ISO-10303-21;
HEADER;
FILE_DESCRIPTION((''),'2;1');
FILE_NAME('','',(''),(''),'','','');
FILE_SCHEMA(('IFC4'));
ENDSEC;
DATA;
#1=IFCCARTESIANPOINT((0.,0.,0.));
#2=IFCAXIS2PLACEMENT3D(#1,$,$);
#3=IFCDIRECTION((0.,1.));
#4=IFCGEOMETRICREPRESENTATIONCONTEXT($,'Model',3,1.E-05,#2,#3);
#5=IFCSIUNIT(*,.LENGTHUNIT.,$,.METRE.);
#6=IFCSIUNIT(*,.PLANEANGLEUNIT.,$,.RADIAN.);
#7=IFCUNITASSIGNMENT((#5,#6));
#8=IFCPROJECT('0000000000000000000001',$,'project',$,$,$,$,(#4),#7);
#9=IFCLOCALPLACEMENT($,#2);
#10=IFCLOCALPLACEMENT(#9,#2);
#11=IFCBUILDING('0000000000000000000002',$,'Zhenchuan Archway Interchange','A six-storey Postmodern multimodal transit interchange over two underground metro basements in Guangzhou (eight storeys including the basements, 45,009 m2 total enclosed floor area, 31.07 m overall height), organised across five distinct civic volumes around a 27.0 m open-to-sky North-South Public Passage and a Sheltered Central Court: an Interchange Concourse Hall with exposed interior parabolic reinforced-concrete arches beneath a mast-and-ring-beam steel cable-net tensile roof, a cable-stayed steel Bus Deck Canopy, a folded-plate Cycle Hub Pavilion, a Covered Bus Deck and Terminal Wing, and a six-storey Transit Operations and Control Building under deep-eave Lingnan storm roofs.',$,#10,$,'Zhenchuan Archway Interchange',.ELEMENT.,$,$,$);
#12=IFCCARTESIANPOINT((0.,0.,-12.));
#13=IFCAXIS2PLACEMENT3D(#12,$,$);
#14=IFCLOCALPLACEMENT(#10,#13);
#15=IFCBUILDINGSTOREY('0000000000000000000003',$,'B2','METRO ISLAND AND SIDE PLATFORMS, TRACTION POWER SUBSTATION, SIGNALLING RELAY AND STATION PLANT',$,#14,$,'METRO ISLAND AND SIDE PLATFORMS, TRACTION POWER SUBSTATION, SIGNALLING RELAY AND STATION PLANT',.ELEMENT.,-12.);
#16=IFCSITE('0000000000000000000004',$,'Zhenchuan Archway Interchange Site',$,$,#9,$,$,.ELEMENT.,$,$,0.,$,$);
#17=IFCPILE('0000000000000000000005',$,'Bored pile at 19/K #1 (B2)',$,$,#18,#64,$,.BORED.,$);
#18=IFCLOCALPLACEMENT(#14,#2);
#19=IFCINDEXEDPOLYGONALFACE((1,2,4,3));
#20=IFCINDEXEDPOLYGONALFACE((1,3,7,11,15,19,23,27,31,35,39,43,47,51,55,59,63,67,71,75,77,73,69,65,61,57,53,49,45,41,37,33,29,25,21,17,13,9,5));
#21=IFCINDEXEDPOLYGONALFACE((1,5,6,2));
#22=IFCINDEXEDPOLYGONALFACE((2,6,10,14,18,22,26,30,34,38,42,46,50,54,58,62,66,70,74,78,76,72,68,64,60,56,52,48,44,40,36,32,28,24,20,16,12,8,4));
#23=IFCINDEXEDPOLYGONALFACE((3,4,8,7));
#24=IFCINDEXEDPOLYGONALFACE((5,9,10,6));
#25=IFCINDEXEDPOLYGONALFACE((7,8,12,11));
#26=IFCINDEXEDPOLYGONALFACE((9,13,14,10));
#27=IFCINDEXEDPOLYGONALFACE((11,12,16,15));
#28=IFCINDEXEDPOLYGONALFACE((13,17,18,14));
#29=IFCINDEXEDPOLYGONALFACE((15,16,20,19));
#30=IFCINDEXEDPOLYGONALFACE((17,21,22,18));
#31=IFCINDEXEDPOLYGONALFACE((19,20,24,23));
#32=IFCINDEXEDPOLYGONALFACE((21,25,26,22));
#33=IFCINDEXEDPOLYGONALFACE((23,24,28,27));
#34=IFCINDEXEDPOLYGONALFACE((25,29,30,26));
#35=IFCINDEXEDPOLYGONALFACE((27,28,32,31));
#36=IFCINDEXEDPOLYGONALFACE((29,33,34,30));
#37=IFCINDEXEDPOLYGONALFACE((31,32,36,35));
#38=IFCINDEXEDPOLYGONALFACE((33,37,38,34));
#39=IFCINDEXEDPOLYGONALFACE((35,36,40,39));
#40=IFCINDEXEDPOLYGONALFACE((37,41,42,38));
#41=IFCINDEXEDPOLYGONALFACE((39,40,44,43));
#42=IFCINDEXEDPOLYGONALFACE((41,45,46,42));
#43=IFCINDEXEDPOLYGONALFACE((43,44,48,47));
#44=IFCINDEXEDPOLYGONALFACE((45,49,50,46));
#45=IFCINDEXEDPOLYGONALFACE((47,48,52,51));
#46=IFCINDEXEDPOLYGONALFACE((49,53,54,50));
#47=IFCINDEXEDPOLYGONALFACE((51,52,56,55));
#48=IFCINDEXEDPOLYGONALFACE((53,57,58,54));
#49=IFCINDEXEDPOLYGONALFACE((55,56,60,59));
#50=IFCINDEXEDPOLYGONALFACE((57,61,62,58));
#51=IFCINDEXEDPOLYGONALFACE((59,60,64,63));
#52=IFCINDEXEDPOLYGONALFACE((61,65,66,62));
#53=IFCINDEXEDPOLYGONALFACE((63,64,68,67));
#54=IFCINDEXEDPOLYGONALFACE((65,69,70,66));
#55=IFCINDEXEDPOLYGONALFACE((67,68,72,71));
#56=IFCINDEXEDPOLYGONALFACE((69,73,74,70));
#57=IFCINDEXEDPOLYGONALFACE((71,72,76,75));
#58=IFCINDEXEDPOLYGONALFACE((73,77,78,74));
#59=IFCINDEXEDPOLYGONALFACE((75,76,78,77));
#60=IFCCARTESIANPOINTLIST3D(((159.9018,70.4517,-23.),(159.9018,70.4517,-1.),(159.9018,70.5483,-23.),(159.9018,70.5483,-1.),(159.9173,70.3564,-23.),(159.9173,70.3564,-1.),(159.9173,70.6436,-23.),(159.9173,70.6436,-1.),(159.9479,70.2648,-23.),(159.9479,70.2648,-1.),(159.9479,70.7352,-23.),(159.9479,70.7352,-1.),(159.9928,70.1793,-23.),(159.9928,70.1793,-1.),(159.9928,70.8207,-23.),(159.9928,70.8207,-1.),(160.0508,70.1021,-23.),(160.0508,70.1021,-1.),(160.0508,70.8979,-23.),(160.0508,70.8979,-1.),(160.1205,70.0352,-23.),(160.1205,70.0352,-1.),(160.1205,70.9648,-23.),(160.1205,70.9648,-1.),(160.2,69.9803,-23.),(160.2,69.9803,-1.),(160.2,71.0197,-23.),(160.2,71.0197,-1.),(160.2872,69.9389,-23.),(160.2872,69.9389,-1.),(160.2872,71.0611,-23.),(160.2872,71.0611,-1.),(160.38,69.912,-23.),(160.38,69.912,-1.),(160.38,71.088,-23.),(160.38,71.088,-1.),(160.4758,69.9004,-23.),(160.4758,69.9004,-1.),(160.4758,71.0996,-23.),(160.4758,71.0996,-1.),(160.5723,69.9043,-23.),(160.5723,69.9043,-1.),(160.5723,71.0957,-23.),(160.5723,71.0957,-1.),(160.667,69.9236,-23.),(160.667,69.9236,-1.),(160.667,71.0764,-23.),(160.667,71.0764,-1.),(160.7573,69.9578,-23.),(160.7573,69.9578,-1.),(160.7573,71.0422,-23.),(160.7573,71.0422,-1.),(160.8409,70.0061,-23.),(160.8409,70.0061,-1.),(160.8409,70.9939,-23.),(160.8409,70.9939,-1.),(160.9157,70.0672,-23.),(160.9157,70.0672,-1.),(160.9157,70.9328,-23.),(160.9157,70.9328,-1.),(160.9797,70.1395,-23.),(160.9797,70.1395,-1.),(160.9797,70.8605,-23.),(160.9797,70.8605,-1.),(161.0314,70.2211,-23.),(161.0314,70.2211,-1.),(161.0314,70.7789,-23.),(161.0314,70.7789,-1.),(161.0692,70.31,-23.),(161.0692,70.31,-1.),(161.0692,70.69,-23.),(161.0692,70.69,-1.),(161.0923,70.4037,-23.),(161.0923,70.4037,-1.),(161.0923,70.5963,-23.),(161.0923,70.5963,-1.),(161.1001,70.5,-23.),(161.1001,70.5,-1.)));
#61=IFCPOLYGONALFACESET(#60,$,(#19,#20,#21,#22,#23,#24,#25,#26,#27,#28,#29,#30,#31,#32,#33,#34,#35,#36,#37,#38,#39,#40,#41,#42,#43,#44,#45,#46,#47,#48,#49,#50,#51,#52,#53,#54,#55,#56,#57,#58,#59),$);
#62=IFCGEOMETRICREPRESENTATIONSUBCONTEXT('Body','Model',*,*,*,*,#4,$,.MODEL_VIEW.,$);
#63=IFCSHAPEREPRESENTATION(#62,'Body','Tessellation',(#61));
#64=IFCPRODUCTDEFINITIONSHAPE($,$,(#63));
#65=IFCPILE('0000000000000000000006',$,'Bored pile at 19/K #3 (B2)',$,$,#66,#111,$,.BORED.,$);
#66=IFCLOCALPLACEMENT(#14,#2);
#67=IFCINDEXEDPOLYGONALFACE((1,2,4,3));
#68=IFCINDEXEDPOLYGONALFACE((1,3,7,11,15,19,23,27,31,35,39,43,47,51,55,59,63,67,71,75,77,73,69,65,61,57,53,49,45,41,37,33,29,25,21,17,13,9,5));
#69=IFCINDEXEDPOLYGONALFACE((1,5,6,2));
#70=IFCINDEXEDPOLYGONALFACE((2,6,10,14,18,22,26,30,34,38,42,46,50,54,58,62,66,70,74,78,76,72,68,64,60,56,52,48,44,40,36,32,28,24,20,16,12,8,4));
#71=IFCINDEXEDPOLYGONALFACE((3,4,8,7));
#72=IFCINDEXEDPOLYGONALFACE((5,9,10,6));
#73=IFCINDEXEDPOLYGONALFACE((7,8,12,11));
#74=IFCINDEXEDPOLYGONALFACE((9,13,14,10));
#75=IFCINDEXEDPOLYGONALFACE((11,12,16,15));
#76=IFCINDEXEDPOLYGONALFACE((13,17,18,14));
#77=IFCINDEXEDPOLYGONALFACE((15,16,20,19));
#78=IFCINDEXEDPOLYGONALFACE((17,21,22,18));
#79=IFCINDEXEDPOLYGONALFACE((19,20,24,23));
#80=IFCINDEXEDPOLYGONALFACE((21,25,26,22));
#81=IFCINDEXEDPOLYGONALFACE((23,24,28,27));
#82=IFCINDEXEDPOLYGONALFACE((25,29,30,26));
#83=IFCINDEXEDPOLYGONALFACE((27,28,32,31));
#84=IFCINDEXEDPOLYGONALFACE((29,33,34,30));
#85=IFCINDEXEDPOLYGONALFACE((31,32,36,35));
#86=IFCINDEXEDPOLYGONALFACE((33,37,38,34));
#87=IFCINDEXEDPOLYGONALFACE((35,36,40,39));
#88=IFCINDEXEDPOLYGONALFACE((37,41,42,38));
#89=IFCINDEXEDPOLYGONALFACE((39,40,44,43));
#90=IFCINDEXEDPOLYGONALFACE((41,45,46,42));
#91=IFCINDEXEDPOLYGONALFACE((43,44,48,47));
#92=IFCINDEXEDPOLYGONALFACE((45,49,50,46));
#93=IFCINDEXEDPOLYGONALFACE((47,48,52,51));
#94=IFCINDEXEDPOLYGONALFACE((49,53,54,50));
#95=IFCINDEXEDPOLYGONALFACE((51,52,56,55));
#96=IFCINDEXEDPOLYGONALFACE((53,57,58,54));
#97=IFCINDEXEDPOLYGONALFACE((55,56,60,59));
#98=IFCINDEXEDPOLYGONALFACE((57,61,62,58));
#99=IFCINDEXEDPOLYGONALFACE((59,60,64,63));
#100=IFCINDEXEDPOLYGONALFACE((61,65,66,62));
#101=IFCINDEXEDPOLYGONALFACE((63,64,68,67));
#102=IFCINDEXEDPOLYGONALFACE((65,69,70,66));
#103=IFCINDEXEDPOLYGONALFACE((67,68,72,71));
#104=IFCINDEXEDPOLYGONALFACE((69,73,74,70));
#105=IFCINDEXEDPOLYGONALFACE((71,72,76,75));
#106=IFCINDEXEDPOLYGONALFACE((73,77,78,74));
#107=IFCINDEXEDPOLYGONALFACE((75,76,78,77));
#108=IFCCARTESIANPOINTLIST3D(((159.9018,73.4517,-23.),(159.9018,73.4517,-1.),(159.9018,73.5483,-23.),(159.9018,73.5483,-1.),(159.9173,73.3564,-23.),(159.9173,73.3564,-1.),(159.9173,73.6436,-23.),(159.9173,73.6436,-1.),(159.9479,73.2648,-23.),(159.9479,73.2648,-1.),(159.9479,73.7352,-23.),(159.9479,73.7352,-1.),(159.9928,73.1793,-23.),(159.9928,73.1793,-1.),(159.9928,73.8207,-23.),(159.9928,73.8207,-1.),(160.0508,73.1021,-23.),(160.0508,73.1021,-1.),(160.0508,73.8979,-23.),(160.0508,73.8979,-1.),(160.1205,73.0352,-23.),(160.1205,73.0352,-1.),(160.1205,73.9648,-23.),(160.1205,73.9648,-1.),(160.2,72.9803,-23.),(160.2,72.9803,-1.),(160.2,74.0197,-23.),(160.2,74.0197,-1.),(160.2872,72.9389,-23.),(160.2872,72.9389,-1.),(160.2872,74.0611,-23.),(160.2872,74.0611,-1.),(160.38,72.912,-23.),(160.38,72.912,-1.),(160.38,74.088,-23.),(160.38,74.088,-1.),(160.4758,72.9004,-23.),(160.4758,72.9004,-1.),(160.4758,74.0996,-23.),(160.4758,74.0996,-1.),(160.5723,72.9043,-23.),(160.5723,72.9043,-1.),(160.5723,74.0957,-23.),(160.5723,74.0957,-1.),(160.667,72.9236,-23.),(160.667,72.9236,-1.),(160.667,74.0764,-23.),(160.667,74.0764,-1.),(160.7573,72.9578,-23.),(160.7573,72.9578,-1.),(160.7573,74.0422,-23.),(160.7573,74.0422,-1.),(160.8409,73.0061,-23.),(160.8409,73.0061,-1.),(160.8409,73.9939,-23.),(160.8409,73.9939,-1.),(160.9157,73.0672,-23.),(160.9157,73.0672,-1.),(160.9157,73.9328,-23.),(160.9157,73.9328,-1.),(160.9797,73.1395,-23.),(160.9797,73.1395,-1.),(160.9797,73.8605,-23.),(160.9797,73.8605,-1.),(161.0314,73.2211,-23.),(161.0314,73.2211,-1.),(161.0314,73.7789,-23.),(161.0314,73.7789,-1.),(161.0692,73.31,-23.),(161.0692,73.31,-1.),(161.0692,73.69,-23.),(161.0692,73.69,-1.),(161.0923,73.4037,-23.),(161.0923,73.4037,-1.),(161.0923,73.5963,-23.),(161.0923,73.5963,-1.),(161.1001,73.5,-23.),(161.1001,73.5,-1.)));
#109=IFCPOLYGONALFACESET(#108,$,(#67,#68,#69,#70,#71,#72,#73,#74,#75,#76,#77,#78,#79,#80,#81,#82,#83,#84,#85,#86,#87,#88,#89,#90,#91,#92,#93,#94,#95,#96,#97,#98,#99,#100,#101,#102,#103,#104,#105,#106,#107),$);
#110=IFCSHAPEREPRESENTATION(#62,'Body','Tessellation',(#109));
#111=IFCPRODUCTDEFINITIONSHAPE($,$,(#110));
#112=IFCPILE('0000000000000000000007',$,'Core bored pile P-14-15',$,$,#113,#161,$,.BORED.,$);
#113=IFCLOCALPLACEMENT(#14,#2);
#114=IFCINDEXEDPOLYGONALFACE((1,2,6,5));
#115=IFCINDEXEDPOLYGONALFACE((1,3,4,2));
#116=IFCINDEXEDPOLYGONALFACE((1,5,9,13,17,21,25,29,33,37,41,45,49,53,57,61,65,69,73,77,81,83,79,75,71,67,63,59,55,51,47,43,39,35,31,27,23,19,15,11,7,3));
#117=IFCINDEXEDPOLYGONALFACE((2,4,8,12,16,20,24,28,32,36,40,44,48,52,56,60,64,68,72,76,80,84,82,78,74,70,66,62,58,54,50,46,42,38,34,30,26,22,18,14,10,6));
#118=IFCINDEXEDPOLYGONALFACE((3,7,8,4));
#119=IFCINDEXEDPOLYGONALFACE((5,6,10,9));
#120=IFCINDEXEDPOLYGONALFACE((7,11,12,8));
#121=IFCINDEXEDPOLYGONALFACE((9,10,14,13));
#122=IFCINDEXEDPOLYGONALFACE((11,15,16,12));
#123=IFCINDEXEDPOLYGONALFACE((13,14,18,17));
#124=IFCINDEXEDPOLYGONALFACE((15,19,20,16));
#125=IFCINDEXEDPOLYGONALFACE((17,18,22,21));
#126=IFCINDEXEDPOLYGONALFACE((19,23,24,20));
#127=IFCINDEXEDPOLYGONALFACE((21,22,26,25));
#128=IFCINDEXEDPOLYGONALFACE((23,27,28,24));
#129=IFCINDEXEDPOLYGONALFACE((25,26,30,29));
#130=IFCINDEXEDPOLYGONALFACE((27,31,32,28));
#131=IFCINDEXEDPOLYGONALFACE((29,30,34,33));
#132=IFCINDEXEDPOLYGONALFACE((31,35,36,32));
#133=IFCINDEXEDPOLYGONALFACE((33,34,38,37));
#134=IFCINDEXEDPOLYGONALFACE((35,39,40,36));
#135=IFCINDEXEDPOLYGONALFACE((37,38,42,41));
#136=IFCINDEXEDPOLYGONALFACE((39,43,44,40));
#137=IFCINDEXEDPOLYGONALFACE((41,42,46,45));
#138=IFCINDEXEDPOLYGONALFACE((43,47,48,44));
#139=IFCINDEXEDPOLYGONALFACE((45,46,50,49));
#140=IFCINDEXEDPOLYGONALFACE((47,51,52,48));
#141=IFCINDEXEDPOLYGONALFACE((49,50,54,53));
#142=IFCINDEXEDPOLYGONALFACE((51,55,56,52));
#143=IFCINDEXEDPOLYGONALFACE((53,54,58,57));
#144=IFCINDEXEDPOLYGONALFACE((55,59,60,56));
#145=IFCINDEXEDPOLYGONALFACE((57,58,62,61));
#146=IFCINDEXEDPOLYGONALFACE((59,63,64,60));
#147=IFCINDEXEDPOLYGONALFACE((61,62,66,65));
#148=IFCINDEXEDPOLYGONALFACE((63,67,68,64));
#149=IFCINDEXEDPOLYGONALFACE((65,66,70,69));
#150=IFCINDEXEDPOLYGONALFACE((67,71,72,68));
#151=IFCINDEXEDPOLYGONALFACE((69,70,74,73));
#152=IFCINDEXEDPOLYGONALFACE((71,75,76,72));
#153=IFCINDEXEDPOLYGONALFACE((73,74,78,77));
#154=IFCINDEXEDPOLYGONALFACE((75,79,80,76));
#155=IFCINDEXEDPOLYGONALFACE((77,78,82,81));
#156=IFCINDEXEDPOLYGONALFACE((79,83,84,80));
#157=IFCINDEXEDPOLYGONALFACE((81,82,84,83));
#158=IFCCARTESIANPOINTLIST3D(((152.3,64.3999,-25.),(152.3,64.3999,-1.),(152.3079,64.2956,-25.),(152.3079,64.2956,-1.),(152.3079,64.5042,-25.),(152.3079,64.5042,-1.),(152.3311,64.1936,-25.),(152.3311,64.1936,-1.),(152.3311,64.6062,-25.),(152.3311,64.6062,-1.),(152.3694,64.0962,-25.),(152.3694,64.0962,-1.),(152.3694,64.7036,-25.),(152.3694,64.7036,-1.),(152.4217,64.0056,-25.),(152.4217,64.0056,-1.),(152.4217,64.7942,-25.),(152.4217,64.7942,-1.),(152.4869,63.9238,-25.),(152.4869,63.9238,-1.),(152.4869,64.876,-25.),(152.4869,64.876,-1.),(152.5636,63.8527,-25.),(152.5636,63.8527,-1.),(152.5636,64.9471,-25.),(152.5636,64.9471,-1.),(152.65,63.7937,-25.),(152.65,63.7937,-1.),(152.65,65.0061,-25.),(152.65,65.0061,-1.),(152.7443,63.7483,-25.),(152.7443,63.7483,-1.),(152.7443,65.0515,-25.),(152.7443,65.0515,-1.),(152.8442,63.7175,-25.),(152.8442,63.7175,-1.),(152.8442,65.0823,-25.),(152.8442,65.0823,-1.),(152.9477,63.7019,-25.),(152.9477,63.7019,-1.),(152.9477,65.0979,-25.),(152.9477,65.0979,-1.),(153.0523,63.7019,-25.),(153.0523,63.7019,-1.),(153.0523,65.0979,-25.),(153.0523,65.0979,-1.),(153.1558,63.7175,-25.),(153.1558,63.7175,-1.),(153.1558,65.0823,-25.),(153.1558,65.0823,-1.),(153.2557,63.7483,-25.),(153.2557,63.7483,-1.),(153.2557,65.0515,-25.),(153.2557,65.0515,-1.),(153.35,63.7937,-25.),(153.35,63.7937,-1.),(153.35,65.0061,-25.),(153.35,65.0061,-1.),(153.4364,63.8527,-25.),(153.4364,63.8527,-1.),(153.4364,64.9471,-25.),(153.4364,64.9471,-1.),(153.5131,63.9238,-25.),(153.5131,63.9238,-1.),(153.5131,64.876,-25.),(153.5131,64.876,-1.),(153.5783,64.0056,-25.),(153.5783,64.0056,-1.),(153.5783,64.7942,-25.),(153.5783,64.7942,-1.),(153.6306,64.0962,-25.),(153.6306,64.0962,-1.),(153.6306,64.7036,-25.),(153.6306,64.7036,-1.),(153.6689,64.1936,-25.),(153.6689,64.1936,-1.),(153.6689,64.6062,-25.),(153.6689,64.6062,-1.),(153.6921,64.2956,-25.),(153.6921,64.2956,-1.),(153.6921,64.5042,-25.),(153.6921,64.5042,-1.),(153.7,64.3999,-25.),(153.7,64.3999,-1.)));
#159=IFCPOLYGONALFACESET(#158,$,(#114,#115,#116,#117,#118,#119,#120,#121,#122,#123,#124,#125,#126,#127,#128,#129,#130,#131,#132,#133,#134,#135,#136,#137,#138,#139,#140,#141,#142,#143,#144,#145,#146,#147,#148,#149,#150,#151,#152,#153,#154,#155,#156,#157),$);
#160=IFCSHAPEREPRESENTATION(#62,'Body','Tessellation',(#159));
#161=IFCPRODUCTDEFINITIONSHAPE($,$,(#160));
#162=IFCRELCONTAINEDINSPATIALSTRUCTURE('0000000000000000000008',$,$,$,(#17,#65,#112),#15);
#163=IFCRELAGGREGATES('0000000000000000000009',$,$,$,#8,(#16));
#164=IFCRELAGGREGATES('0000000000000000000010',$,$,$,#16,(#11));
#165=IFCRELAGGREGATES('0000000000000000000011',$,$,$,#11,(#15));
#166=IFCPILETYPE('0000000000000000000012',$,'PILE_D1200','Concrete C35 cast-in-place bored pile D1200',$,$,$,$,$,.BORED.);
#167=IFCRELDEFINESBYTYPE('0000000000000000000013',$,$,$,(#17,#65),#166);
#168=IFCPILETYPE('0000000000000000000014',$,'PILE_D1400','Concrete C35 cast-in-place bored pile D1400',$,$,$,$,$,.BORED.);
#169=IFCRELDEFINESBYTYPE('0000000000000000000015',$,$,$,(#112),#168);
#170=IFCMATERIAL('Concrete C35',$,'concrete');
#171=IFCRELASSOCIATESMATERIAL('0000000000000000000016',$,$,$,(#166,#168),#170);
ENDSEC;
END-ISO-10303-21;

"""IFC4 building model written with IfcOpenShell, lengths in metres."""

from ifc_helpers import new_model, si_unit, direction, frame, origin, origin_2d, place, context, subcontext, project, spatial, circle, extrude, material, material_profile, profile_set, type_object, element, save


model = new_model("IFC4")

# Units and contexts
model_context = context("Model", 3, precision=1e-05, world=origin(), true_north=direction((0.0, 1.0)))
body_context = subcontext(model_context, "Body", "Model", "MODEL_VIEW")
ifc_project = project(units=[si_unit("LENGTHUNIT", "METRE"), si_unit("PLANEANGLEUNIT", "RADIAN")], contexts=[model_context])

# Site, building, storey
site_placement = place(None, origin())
site = spatial("IfcSite", under=ifc_project, at=site_placement, Name="Zhenchuan Archway Interchange Site", CompositionType="ELEMENT", RefElevation=0.0)
building_placement = place(site_placement, origin())
building = spatial("IfcBuilding", under=site, at=building_placement, Name="Zhenchuan Archway Interchange", Description="A six-storey Postmodern multimodal transit interchange over two underground metro basements in Guangzhou (eight storeys including the basements, 45,009 m2 total enclosed floor area, 31.07 m overall height), organised across five distinct civic volumes around a 27.0 m open-to-sky North-South Public Passage and a Sheltered Central Court: an Interchange Concourse Hall with exposed interior parabolic reinforced-concrete arches beneath a mast-and-ring-beam steel cable-net tensile roof, a cable-stayed steel Bus Deck Canopy, a folded-plate Cycle Hub Pavilion, a Covered Bus Deck and Terminal Wing, and a six-storey Transit Operations and Control Building under deep-eave Lingnan storm roofs.", LongName="Zhenchuan Archway Interchange", CompositionType="ELEMENT")
storey_placement = place(building_placement, frame((0.0, 0.0, -12.0)))
storey = spatial("IfcBuildingStorey", under=building, at=storey_placement, Name="B2", Description="METRO ISLAND AND SIDE PLATFORMS, TRACTION POWER SUBSTATION, SIGNALLING RELAY AND STATION PLANT", LongName="METRO ISLAND AND SIDE PLATFORMS, TRACTION POWER SUBSTATION, SIGNALLING RELAY AND STATION PLANT", CompositionType="ELEMENT", Elevation=-12.0)

# Piles
ifc_material_1 = material(Name="Concrete C35", Category="concrete")
ifc_material_profile_1 = material_profile(ifc_material_1, circle(Radius=0.6001, at=origin_2d()), Name="BORED PILE 1200")
ifc_profile_set_1 = profile_set([ifc_material_profile_1], Name="Concrete C35")
pile_type_1 = type_object("IfcPileType", Name="PILE_D1200", Description="Concrete C35 cast-in-place bored pile D1200", PredefinedType="BORED", material=ifc_profile_set_1)
for number, where, z_axis, x_axis, name in (
    (1, (160.5, 70.5, -1.0), (0.0, 0.0, -1.0), (1.0, 0.0, 0.0), "Bored pile at 19/K #1 (B2)"),
    (2, (160.5, 73.5, -1.0), (0.0, 0.0, -1.0), (1.0, 0.0, 0.0), "Bored pile at 19/K #3 (B2)"),
):
    element("IfcPile", number, at=place(storey_placement, frame(where, z_axis=z_axis, x_axis=x_axis)), inside=storey, type_object=pile_type_1, Name=name, PredefinedType="BORED", context=body_context, shape_type="SweptSolid", body=[
        extrude(circle(Radius=0.6001, at=origin_2d()), origin(), (0.0, 0.0, 1.0), 22.0),
    ])
ifc_material_profile_2 = material_profile(ifc_material_1, circle(Radius=0.7, at=origin_2d()), Name="BORED PILE 1400")
ifc_profile_set_2 = profile_set([ifc_material_profile_2], Name="Concrete C35")
pile_type_2 = type_object("IfcPileType", Name="PILE_D1400", Description="Concrete C35 cast-in-place bored pile D1400", PredefinedType="BORED", material=ifc_profile_set_2)
for number, where, z_axis, x_axis, name in (
    (3, (153.0, 64.3999, -1.0), (0.0, 0.0, -1.0), (1.0, 0.0, 0.0), "Core bored pile P-14-15"),
):
    element("IfcPile", number, at=place(storey_placement, frame(where, z_axis=z_axis, x_axis=x_axis)), inside=storey, type_object=pile_type_2, Name=name, PredefinedType="BORED", context=body_context, shape_type="SweptSolid", body=[
        extrude(circle(Radius=0.7, at=origin_2d()), origin(), (0.0, 0.0, 1.0), 24.0),
    ])

save(model, "model.ifc")
